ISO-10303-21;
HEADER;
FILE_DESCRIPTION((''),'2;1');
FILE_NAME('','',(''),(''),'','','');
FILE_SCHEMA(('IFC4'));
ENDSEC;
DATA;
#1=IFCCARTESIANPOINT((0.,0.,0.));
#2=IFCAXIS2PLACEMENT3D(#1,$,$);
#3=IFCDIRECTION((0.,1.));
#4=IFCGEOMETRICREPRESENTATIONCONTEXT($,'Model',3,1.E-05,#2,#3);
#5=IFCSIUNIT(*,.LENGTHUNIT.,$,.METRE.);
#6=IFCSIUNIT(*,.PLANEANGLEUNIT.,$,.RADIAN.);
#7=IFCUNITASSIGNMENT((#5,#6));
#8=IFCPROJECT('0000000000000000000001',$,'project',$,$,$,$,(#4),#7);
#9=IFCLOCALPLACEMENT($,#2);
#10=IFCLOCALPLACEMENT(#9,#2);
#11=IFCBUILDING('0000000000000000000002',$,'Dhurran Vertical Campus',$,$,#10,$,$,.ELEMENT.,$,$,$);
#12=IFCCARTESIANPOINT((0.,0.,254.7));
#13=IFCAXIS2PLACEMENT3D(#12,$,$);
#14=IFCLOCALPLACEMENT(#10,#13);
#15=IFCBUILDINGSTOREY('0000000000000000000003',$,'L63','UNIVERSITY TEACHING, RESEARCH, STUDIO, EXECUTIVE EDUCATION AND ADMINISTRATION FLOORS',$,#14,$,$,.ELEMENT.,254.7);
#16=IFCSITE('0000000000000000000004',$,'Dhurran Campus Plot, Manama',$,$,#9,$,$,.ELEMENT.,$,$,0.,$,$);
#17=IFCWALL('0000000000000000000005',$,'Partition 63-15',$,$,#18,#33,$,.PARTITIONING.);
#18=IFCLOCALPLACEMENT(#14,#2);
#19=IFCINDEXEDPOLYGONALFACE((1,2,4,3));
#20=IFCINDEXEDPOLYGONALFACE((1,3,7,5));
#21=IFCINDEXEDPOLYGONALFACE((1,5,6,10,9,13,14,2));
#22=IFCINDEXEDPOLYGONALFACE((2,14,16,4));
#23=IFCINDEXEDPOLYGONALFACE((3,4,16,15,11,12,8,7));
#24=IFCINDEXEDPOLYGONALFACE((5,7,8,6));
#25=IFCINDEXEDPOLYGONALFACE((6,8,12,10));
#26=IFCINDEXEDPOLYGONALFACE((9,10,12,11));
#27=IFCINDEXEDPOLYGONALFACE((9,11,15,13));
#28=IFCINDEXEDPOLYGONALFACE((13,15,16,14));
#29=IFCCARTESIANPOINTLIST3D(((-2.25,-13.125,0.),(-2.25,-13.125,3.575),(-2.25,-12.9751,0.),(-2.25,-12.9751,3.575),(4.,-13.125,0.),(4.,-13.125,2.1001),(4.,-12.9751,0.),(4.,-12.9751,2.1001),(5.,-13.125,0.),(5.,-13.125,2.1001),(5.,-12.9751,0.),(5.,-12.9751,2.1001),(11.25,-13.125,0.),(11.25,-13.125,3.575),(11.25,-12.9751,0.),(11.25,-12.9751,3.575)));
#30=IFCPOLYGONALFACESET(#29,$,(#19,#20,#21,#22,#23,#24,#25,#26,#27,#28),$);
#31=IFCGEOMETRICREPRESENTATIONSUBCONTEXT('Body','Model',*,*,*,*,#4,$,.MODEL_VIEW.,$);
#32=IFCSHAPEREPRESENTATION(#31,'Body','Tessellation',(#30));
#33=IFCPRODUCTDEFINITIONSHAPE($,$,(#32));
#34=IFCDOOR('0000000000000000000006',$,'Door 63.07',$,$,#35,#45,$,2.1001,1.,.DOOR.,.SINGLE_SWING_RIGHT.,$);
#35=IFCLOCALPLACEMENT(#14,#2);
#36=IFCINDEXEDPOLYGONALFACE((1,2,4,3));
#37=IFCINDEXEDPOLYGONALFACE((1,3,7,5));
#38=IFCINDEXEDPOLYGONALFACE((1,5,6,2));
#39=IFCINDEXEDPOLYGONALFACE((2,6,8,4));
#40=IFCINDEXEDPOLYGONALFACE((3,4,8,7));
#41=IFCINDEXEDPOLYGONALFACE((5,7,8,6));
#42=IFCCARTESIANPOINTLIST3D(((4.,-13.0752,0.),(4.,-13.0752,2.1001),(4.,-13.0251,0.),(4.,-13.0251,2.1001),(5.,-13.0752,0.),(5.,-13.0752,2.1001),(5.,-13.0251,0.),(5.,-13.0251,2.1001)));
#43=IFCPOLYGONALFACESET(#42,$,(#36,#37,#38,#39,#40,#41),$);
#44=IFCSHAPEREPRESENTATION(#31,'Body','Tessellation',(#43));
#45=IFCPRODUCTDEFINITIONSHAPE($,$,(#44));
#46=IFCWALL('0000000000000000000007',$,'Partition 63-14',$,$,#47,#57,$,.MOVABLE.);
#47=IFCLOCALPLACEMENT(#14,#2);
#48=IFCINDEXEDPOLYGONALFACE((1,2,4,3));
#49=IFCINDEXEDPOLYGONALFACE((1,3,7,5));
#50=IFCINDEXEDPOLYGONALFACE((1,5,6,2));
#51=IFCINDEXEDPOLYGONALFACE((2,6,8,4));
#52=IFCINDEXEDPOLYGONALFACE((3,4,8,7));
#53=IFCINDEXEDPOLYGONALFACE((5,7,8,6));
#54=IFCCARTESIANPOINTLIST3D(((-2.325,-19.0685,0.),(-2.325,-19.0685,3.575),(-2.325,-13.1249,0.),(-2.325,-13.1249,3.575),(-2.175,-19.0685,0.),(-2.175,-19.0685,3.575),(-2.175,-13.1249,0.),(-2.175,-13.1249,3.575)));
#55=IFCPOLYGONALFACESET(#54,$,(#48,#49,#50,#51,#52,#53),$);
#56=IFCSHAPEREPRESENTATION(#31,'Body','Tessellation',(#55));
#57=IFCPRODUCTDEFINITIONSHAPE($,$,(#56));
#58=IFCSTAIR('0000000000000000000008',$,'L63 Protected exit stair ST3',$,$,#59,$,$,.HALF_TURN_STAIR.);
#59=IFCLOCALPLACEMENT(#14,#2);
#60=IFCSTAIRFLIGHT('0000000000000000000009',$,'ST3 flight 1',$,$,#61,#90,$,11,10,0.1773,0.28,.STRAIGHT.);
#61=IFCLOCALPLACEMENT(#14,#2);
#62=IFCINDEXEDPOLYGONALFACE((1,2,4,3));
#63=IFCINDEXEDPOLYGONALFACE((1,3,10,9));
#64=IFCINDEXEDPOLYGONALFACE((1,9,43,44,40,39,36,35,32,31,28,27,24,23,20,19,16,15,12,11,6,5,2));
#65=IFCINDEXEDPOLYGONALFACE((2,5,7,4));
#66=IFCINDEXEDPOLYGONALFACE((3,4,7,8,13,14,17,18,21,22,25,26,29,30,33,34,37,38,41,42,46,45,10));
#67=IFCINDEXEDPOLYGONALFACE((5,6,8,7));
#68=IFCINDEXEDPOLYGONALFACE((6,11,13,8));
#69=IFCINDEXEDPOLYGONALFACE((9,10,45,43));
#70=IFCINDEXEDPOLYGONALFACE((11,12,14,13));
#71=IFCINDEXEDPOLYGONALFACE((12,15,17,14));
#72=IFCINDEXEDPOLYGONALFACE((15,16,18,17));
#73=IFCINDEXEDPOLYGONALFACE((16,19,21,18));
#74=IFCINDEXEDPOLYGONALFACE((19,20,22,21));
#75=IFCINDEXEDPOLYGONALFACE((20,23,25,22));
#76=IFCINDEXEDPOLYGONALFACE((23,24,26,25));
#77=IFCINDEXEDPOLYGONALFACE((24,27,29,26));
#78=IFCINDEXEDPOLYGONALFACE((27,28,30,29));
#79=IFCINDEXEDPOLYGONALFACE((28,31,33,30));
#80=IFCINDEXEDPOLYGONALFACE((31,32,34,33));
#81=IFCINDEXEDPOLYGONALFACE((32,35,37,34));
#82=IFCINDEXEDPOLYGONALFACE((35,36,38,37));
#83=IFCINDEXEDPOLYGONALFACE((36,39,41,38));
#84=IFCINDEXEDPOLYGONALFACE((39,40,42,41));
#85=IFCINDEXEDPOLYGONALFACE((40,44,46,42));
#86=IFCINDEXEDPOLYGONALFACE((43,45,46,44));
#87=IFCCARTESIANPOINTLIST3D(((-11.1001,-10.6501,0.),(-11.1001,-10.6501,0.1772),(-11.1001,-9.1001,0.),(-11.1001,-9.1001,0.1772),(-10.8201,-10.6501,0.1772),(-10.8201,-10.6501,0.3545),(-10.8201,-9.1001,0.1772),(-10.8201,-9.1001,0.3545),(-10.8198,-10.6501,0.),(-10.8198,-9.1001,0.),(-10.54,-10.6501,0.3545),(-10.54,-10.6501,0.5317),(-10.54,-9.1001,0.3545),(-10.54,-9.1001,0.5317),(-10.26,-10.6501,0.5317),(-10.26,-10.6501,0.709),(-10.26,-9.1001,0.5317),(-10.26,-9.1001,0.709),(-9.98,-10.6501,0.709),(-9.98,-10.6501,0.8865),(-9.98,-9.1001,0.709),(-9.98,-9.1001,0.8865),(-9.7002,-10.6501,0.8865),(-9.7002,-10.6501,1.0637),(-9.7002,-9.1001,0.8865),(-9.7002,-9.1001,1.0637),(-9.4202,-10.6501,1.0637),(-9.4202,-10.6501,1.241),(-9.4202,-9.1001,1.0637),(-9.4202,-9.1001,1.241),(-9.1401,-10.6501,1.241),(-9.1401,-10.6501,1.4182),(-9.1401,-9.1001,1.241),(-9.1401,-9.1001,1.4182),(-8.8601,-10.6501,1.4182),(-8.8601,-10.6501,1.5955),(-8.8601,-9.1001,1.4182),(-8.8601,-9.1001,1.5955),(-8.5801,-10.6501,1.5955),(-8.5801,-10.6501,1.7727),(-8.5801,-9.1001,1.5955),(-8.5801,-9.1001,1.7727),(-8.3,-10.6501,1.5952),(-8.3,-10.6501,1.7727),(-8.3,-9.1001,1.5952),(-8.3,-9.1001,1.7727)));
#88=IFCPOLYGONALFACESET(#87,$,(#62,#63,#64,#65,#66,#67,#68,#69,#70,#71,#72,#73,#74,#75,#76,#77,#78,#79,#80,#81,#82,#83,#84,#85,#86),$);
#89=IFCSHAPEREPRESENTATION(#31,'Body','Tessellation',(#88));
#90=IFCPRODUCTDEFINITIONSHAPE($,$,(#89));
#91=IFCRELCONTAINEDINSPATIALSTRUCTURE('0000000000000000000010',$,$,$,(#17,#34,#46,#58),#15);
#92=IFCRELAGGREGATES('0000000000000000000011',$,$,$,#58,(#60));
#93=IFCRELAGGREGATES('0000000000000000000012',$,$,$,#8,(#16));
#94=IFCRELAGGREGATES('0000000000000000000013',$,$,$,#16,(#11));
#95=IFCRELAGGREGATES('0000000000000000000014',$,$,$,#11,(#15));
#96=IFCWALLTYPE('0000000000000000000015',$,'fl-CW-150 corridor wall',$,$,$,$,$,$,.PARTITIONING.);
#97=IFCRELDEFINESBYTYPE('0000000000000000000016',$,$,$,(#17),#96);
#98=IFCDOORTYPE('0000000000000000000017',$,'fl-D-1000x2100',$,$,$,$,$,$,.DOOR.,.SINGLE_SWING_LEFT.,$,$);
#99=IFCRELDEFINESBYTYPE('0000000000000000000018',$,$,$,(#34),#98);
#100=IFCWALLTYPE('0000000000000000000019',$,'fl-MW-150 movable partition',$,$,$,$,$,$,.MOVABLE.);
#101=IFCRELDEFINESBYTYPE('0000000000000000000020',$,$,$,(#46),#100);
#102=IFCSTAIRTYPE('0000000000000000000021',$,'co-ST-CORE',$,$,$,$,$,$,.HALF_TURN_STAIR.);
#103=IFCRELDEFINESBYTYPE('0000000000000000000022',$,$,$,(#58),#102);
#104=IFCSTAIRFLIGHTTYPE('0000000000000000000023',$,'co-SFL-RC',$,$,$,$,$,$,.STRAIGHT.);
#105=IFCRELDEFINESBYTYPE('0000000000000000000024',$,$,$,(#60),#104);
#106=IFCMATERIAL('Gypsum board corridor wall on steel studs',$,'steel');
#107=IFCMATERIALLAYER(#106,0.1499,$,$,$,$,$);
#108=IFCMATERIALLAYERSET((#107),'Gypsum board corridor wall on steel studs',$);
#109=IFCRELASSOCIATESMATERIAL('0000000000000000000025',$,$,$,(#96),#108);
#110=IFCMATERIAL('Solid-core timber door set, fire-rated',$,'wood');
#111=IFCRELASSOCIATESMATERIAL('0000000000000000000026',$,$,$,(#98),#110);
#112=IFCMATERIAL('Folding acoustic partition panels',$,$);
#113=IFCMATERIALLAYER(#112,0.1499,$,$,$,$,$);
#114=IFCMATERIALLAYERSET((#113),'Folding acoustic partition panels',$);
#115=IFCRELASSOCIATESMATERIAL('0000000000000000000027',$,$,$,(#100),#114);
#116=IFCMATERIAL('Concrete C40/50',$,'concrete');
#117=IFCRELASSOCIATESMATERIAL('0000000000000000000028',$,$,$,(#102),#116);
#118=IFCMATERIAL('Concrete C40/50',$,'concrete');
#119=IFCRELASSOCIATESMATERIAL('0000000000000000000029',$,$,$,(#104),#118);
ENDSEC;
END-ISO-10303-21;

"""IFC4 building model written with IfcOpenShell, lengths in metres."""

from ifc_helpers import new_model, si_unit, direction, frame, frame_2d, origin, place, context, subcontext, project, spatial, polyline, rectangle, outline, extrude, material, layer, layer_set, type_object, element, fill, aggregate, save


model = new_model("IFC4")

# Units and contexts
model_context = context("Model", 3, precision=1e-05, world=origin(), true_north=direction((0.0, 1.0)))
body_context = subcontext(model_context, "Body", "Model", "MODEL_VIEW")
ifc_project = project(units=[si_unit("LENGTHUNIT", "METRE"), si_unit("PLANEANGLEUNIT", "RADIAN")], contexts=[model_context])

# Site, building, storey
site_placement = place(None, origin())
site = spatial("IfcSite", under=ifc_project, at=site_placement, Name="Dhurran Campus Plot, Manama", CompositionType="ELEMENT", RefElevation=0.0)
building_placement = place(site_placement, origin())
building = spatial("IfcBuilding", under=site, at=building_placement, Name="Dhurran Vertical Campus", CompositionType="ELEMENT")
storey_placement = place(building_placement, frame((0.0, 0.0, 254.7)))
storey = spatial("IfcBuildingStorey", under=building, at=storey_placement, Name="L63", Description="UNIVERSITY TEACHING, RESEARCH, STUDIO, EXECUTIVE EDUCATION AND ADMINISTRATION FLOORS", CompositionType="ELEMENT", Elevation=254.7)

# Wall, opening, door
ifc_material_1 = material(Name="Gypsum board corridor wall on steel studs", Category="steel")
ifc_layer_1 = layer(ifc_material_1, 0.1499)
ifc_layer_set_1 = layer_set([ifc_layer_1], Name="Gypsum board corridor wall on steel studs")
wall_type_1 = type_object("IfcWallType", Name="fl-CW-150 corridor wall", PredefinedType="PARTITIONING", material=ifc_layer_set_1)
wall_1_placement = place(storey_placement, frame((-2.25, -13.05, 0.0), z_axis=(0.0, 0.0, 1.0), x_axis=(1.0, 0.0, 0.0)))
wall_1 = element("IfcWall", 1, at=wall_1_placement, inside=storey, type_object=wall_type_1, Name="Partition 63-15", PredefinedType="PARTITIONING", context=body_context, shape_type="SweptSolid", body=[
    extrude(rectangle(XDim=13.5, YDim=0.1499, at=frame_2d((6.75, 0.0))), origin(), (0.0, 0.0, 1.0), 3.575),
])
opening_1_placement = place(wall_1_placement, frame((6.25, 0.0, 0.0)))
opening_1 = element("IfcOpeningElement", 2, at=opening_1_placement, cuts=wall_1, PredefinedType="OPENING", context=body_context, shape_type="SweptSolid", body=[
    extrude(rectangle(XDim=1.0, YDim=2.1001, at=frame_2d((0.5, 1.05))), frame((0.0, 0.085, 0.0), z_axis=(0.0, -1.0, 0.0), x_axis=(1.0, 0.0, 0.0)), (0.0, 0.0, 1.0), 0.1699),
])
ifc_material_2 = material(Name="Solid-core timber door set, fire-rated", Category="wood")
door_type_1 = type_object("IfcDoorType", Name="fl-D-1000x2100", OperationType="SINGLE_SWING_LEFT", PredefinedType="DOOR", material=ifc_material_2)
door_1_placement = place(opening_1_placement, origin())
door_1 = element("IfcDoor", 3, at=door_1_placement, inside=storey, type_object=door_type_1, Name="Door 63.07", OperationType="SINGLE_SWING_RIGHT", OverallHeight=2.1001, OverallWidth=1.0, PredefinedType="DOOR", context=body_context, shape_type="SweptSolid", body=[
    extrude(rectangle(XDim=1.0, YDim=2.1001, at=frame_2d((0.5, 1.05))), frame((0.0, 0.0249, 0.0), z_axis=(0.0, -1.0, 0.0), x_axis=(1.0, 0.0, 0.0)), (0.0, 0.0, 1.0), 0.05),
])
fill(opening_1, door_1)

# Wall
ifc_material_3 = material(Name="Folding acoustic partition panels")
ifc_layer_2 = layer(ifc_material_3, 0.1499)
ifc_layer_set_2 = layer_set([ifc_layer_2], Name="Folding acoustic partition panels")
wall_type_2 = type_object("IfcWallType", Name="fl-MW-150 movable partition", PredefinedType="MOVABLE", material=ifc_layer_set_2)
wall_2_placement = place(storey_placement, frame((-2.25, -13.125, 0.0), z_axis=(0.0, 0.0, 1.0), x_axis=(0.0, -1.0, 0.0)))
element("IfcWall", 4, at=wall_2_placement, inside=storey, type_object=wall_type_2, Name="Partition 63-14", PredefinedType="MOVABLE", context=body_context, shape_type="SweptSolid", body=[
    extrude(rectangle(XDim=5.9436, YDim=0.1499, at=frame_2d((2.9717, 0.0))), origin(), (0.0, 0.0, 1.0), 3.575),
])

# Stair, stair flight
ifc_material_4 = material(Name="Concrete C40/50", Category="concrete")
stair_type = type_object("IfcStairType", Name="co-ST-CORE", PredefinedType="HALF_TURN_STAIR", material=ifc_material_4)
stair_placement = place(storey_placement, origin())
stair = element("IfcStair", 5, at=stair_placement, inside=storey, type_object=stair_type, Name="L63 Protected exit stair ST3", PredefinedType="HALF_TURN_STAIR")
ifc_material_5 = material(Name="Concrete C40/50", Category="concrete")
stair_flight_type = type_object("IfcStairFlightType", Name="co-SFL-RC", PredefinedType="STRAIGHT", material=ifc_material_5)
stair_flight_placement = place(storey_placement, frame((-11.1001, -9.875, 0.0), z_axis=(0.0, 0.0, 1.0), x_axis=(1.0, 0.0, 0.0)))
stair_flight = element("IfcStairFlight", 6, at=stair_flight_placement, type_object=stair_flight_type, Name="ST3 flight 1", NumberOfRisers=11, NumberOfTreads=10, PredefinedType="STRAIGHT", RiserHeight=0.1773, TreadLength=0.28, context=body_context, shape_type="SweptSolid", body=[
    extrude(outline(polyline([(0.0, 0.0), (0.0, 0.1772), (0.28, 0.1772), (0.28, 0.3545), (0.5601, 0.3545), (0.5601, 0.5317), (0.8401, 0.5317), (0.8401, 0.709), (1.1201, 0.709), (1.1201, 0.8865), (1.3999, 0.8865), (1.3999, 1.0637), (1.6799, 1.0637), (1.6799, 1.241), (1.96, 1.241), (1.96, 1.4182), (2.24, 1.4182), (2.24, 1.5955), (2.52, 1.5955), (2.52, 1.7727), (2.8, 1.7727), (2.8, 1.95), (2.8, 1.5952), (0.2803, 0.0), (0.0, 0.0)])), frame((0.0, 0.7749, 0.0), z_axis=(0.0, -1.0, 0.0), x_axis=(1.0, 0.0, 0.0)), (0.0, 0.0, 1.0), 1.55),
])
aggregate(stair, [stair_flight])

save(model, "model.ifc")
